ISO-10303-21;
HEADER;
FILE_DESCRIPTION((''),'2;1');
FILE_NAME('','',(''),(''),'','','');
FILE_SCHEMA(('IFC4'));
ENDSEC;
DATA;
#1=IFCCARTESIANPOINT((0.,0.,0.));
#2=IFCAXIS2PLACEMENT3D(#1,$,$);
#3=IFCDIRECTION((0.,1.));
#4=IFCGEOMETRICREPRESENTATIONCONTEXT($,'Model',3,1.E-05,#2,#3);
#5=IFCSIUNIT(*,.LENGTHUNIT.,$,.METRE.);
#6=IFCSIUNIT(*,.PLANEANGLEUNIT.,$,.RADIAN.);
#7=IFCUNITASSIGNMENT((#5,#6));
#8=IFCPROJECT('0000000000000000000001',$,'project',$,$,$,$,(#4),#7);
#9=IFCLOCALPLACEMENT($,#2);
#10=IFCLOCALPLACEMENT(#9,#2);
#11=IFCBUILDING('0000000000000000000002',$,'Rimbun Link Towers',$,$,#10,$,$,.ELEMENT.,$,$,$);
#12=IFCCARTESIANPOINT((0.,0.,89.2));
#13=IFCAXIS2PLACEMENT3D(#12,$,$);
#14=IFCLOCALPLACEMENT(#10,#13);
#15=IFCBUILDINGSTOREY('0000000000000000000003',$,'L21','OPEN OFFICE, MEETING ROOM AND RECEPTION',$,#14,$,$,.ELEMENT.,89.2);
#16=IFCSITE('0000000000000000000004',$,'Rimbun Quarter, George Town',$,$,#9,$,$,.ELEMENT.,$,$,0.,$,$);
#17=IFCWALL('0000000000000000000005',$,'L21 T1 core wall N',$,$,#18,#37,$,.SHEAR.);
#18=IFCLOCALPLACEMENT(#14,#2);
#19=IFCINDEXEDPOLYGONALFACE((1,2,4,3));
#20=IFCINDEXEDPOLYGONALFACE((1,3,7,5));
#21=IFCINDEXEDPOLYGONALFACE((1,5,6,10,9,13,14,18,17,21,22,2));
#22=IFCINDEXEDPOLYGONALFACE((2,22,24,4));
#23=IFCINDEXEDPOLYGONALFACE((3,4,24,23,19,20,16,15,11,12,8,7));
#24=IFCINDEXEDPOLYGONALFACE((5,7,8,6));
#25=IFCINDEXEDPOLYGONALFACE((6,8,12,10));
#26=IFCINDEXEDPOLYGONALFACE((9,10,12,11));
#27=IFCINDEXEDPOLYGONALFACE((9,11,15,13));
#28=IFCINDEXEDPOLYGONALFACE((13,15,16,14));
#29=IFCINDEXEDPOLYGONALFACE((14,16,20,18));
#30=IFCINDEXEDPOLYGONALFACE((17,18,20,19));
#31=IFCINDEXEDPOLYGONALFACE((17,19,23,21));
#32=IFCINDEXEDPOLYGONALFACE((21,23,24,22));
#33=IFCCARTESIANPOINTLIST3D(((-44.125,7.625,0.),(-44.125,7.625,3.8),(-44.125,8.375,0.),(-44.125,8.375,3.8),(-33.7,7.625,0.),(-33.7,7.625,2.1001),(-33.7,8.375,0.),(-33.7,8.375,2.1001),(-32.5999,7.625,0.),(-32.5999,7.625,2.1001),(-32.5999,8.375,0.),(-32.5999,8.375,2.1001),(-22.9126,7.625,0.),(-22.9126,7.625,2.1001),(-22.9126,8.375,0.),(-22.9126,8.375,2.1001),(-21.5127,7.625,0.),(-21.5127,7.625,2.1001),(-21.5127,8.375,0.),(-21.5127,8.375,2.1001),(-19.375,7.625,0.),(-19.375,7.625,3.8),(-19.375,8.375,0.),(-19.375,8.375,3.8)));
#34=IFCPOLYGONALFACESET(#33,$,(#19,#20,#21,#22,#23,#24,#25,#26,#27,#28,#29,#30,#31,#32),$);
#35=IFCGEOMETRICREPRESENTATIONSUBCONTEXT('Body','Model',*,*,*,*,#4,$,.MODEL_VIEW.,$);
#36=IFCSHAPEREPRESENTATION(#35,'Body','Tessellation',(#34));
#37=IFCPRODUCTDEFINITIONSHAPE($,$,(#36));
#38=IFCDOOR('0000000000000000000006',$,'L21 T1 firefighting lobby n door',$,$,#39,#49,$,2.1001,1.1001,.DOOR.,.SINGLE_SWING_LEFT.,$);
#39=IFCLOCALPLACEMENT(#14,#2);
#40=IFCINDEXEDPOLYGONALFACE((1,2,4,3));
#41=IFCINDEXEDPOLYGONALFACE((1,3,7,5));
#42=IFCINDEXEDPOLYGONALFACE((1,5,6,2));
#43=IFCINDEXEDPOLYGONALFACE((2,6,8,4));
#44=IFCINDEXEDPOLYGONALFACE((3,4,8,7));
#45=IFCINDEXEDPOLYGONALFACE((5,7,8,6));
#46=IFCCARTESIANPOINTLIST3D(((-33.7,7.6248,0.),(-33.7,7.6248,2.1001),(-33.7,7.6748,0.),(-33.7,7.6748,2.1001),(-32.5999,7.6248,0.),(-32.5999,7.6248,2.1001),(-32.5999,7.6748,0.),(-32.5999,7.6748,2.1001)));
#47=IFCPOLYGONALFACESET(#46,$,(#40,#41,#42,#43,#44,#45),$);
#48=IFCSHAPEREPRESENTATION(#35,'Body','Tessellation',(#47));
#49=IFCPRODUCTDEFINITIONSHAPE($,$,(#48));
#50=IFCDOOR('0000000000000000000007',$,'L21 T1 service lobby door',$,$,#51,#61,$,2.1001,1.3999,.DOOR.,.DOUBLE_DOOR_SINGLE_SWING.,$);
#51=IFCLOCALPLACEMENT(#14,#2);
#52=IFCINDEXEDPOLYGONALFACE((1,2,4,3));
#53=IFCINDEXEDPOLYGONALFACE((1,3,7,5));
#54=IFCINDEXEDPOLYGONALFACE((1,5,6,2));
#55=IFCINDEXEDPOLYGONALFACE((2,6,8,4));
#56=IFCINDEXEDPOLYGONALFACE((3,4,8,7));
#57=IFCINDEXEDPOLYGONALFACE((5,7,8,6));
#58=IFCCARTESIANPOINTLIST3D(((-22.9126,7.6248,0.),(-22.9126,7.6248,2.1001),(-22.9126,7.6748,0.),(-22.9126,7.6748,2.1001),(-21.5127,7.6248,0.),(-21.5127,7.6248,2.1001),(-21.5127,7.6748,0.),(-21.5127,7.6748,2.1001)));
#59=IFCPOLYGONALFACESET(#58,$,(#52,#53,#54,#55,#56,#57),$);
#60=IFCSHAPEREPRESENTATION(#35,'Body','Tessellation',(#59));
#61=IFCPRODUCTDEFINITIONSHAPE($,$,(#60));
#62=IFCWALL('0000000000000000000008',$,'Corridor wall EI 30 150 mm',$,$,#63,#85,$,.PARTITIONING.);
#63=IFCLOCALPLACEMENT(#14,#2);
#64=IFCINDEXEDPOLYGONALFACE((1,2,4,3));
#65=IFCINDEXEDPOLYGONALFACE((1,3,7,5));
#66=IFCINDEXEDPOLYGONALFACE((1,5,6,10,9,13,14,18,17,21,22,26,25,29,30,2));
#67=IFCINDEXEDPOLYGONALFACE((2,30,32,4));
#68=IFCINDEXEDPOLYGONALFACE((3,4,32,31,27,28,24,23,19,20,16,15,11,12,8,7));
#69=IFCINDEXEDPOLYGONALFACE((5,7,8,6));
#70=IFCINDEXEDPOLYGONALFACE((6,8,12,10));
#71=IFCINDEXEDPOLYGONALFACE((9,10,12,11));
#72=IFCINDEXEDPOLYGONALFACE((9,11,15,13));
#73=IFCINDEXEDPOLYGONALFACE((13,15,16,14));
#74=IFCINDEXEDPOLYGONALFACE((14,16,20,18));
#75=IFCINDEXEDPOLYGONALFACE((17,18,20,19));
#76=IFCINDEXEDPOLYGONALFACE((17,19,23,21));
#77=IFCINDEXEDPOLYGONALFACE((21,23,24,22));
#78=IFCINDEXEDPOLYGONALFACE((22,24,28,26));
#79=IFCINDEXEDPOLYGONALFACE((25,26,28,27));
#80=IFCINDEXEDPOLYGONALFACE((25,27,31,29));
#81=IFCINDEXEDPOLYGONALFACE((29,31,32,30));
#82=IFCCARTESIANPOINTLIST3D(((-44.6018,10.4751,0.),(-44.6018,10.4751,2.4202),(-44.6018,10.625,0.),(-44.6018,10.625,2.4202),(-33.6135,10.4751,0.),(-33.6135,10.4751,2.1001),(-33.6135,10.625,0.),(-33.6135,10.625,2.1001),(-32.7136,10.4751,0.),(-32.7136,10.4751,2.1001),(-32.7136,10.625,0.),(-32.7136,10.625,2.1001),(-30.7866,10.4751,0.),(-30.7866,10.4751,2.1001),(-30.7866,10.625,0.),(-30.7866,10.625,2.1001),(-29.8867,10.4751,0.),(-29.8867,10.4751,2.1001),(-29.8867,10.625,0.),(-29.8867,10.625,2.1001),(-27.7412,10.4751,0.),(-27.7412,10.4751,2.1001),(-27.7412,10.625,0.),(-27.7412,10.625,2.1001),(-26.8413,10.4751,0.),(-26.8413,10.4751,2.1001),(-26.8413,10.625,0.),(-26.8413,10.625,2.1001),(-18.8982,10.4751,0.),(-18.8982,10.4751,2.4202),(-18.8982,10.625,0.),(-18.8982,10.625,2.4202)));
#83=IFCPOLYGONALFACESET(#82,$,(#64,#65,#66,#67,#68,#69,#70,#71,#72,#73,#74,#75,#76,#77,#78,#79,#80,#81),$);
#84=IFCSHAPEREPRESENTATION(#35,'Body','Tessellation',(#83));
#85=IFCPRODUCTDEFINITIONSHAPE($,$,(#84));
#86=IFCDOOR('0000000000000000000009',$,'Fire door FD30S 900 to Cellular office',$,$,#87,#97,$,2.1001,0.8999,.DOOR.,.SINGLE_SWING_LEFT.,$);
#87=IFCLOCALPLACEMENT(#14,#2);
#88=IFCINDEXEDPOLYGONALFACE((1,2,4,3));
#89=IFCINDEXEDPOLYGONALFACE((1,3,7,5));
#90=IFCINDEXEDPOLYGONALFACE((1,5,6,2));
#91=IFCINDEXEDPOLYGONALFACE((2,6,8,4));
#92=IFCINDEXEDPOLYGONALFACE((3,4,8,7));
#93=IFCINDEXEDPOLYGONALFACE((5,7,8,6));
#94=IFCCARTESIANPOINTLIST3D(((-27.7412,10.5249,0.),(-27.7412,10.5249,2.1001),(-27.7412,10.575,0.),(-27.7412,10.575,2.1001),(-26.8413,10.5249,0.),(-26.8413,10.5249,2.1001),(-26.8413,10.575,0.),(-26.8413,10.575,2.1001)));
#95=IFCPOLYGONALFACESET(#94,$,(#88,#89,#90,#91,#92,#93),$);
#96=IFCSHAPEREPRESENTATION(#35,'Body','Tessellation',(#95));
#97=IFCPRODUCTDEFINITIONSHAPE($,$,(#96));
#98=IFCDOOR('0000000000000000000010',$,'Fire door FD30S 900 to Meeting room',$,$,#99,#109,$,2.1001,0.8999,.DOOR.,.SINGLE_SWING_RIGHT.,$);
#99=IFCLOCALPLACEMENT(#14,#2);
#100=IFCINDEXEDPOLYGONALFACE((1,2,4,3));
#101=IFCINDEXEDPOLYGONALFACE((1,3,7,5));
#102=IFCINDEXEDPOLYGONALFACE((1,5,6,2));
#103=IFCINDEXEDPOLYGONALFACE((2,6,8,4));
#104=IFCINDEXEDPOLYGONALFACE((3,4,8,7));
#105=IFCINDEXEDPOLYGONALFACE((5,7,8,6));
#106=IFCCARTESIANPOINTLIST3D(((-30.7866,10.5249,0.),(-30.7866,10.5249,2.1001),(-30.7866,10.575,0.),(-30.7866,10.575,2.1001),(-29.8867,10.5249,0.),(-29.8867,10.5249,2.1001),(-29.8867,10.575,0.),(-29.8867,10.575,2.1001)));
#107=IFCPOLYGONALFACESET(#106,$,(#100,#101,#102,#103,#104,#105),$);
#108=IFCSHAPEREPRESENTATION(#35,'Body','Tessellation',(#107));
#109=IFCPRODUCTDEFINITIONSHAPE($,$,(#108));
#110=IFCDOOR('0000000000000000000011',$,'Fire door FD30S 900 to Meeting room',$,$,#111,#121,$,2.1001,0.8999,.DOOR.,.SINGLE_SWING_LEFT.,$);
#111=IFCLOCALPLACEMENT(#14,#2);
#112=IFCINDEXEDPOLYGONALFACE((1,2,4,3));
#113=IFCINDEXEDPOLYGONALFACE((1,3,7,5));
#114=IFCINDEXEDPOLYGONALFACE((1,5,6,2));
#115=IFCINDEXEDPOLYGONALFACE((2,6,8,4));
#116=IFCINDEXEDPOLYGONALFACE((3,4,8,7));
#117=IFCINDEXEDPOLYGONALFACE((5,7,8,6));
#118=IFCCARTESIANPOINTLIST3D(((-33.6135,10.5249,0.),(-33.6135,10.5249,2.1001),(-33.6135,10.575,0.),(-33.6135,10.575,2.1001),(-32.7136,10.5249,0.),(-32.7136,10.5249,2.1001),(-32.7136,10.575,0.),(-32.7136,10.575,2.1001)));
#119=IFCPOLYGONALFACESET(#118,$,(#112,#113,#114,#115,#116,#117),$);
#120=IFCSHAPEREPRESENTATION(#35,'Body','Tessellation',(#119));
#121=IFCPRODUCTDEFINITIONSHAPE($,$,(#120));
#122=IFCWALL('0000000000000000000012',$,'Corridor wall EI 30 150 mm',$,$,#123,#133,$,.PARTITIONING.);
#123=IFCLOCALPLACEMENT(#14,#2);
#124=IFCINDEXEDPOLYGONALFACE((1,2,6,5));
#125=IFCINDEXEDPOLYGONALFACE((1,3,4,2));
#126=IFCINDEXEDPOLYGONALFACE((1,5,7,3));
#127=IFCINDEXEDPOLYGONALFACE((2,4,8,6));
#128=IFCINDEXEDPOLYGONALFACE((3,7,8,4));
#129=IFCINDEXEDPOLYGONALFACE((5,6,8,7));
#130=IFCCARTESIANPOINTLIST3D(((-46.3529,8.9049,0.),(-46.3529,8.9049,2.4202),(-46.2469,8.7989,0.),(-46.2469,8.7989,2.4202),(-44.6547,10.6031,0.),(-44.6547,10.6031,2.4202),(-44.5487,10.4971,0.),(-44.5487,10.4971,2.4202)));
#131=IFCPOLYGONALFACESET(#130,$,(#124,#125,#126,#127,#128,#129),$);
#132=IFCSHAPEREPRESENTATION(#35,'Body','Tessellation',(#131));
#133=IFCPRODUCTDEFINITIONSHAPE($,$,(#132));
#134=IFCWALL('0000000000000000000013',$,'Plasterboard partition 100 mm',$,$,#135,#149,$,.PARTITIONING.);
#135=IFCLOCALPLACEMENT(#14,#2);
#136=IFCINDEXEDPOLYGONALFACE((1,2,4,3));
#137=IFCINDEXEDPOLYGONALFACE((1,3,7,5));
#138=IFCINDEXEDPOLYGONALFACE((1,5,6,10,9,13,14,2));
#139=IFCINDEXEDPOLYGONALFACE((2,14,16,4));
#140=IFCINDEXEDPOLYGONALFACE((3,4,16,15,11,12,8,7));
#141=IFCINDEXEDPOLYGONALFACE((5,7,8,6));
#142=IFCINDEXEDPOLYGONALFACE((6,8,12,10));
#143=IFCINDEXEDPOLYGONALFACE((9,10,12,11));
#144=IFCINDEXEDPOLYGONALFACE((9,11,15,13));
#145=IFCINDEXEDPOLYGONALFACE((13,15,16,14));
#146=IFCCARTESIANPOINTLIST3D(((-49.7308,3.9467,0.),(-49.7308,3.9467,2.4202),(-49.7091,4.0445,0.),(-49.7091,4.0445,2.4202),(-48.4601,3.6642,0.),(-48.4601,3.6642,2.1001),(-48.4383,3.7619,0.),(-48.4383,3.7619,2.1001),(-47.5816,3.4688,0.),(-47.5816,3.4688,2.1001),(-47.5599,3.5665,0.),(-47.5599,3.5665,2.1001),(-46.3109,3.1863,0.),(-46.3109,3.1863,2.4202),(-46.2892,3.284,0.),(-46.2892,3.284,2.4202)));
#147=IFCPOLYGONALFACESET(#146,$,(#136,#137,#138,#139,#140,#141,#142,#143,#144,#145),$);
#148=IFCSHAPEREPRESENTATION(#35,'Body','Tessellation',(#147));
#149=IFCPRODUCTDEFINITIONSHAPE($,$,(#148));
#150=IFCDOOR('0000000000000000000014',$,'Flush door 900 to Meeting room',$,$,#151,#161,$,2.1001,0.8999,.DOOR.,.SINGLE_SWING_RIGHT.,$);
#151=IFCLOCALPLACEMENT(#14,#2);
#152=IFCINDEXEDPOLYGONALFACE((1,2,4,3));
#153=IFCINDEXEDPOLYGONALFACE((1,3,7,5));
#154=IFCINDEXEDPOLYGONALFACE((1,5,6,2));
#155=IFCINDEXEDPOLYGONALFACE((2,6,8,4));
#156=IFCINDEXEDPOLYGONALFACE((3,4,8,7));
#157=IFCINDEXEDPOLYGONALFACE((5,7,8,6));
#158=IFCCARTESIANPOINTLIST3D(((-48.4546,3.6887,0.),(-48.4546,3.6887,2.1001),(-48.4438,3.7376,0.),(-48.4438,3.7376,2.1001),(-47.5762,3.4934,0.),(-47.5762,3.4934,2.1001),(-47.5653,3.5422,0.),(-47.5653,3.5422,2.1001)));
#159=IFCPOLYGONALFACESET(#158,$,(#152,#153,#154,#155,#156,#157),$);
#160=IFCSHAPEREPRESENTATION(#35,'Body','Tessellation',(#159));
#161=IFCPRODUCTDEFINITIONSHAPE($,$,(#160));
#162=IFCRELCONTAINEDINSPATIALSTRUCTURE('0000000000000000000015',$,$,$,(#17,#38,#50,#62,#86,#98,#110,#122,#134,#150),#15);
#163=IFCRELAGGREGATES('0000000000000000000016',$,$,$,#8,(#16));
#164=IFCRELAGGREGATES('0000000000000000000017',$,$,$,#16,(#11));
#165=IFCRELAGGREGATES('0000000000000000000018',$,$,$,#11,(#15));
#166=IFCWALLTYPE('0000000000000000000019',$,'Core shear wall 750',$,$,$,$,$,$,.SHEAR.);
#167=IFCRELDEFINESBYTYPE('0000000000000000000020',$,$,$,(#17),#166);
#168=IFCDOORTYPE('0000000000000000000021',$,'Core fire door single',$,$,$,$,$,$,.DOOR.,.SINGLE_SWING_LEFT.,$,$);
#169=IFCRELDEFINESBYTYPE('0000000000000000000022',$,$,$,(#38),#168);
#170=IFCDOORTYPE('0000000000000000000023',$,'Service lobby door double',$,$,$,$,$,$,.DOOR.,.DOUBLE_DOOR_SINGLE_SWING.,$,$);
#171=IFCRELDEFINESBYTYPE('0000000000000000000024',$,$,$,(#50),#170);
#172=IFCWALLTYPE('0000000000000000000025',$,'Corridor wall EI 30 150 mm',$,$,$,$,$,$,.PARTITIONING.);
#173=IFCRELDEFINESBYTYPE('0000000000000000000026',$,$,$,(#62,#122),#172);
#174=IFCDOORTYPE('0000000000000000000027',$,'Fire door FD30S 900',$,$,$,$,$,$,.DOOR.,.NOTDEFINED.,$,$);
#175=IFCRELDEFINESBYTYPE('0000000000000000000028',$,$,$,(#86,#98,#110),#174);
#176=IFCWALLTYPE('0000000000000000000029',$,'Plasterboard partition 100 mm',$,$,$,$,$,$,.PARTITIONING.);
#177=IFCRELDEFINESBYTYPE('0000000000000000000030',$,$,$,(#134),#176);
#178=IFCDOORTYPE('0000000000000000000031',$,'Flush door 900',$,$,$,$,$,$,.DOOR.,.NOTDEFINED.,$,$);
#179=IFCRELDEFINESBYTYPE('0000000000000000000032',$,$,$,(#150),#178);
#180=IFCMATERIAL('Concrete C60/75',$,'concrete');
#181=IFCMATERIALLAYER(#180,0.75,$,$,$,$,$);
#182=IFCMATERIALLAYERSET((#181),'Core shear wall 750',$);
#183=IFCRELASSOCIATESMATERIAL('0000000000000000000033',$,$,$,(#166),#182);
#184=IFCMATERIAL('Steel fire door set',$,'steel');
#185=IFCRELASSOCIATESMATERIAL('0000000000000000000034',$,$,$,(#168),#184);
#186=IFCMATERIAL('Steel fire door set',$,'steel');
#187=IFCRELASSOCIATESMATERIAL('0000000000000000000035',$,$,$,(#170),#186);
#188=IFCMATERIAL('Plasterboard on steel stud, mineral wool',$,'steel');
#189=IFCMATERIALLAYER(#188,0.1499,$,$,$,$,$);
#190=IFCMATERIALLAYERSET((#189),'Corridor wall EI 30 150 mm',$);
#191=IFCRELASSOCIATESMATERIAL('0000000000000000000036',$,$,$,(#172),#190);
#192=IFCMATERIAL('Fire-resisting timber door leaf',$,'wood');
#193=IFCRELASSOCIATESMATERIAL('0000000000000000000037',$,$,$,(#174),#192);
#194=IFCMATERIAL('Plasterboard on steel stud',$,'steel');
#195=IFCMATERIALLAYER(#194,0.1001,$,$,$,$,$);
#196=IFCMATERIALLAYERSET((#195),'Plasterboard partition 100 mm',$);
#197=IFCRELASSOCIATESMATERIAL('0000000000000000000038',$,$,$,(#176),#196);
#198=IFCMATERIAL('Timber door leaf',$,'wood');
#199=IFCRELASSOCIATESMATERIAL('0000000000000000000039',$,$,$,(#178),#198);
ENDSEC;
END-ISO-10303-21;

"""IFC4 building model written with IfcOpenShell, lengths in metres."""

from ifc_helpers import new_model, si_unit, direction, frame, frame_2d, origin, place, context, subcontext, project, spatial, rectangle, extrude, material, layer, layer_set, type_object, element, fill, save


model = new_model("IFC4")

# Units and contexts
model_context = context("Model", 3, precision=1e-05, world=origin(), true_north=direction((0.0, 1.0)))
body_context = subcontext(model_context, "Body", "Model", "MODEL_VIEW")
ifc_project = project(units=[si_unit("LENGTHUNIT", "METRE"), si_unit("PLANEANGLEUNIT", "RADIAN")], contexts=[model_context])

# Site, building, storey
site_placement = place(None, origin())
site = spatial("IfcSite", under=ifc_project, at=site_placement, Name="Rimbun Quarter, George Town", CompositionType="ELEMENT", RefElevation=0.0)
building_placement = place(site_placement, origin())
building = spatial("IfcBuilding", under=site, at=building_placement, Name="Rimbun Link Towers", CompositionType="ELEMENT")
storey_placement = place(building_placement, frame((0.0, 0.0, 89.2)))
storey = spatial("IfcBuildingStorey", under=building, at=storey_placement, Name="L21", Description="OPEN OFFICE, MEETING ROOM AND RECEPTION", CompositionType="ELEMENT", Elevation=89.2)

# Walls, openings, doors
ifc_material_1 = material(Name="Concrete C60/75", Category="concrete")
ifc_layer_1 = layer(ifc_material_1, 0.75)
ifc_layer_set_1 = layer_set([ifc_layer_1], Name="Core shear wall 750")
wall_type_1 = type_object("IfcWallType", Name="Core shear wall 750", PredefinedType="SHEAR", material=ifc_layer_set_1)
wall_1_placement = place(storey_placement, frame((-44.125, 8.0, 0.0), z_axis=(0.0, 0.0, 1.0), x_axis=(1.0, 0.0, 0.0)))
wall_1 = element("IfcWall", 1, at=wall_1_placement, inside=storey, type_object=wall_type_1, Name="L21 T1 core wall N", PredefinedType="SHEAR", context=body_context, shape_type="SweptSolid", body=[
    extrude(rectangle(XDim=24.75, YDim=0.75, at=frame_2d((12.375, 0.0))), origin(), (0.0, 0.0, 1.0), 3.8),
])
opening_1_placement = place(wall_1_placement, frame((10.425, 0.0, 0.0)))
opening_1 = element("IfcOpeningElement", 2, at=opening_1_placement, cuts=wall_1, PredefinedType="OPENING", context=body_context, shape_type="SweptSolid", body=[
    extrude(rectangle(XDim=1.1001, YDim=2.1001, at=frame_2d((0.55, 1.05))), frame((0.0, 0.385, 0.0), z_axis=(0.0, -1.0, 0.0), x_axis=(1.0, 0.0, 0.0)), (0.0, 0.0, 1.0), 0.77),
])
opening_2_placement = place(wall_1_placement, frame((21.2124, 0.0, 0.0)))
opening_2 = element("IfcOpeningElement", 3, at=opening_2_placement, cuts=wall_1, PredefinedType="OPENING", context=body_context, shape_type="SweptSolid", body=[
    extrude(rectangle(XDim=1.3999, YDim=2.1001, at=frame_2d((0.7, 1.05))), frame((0.0, 0.385, 0.0), z_axis=(0.0, -1.0, 0.0), x_axis=(1.0, 0.0, 0.0)), (0.0, 0.0, 1.0), 0.77),
])
ifc_material_2 = material(Name="Steel fire door set", Category="steel")
door_type_1 = type_object("IfcDoorType", Name="Core fire door single", OperationType="SINGLE_SWING_LEFT", PredefinedType="DOOR", material=ifc_material_2)
door_1_placement = place(opening_1_placement, origin())
door_1 = element("IfcDoor", 4, at=door_1_placement, inside=storey, type_object=door_type_1, Name="L21 T1 firefighting lobby n door", OperationType="SINGLE_SWING_LEFT", OverallHeight=2.1001, OverallWidth=1.1001, PredefinedType="DOOR", context=body_context, shape_type="SweptSolid", body=[
    extrude(rectangle(XDim=1.1001, YDim=2.1001, at=frame_2d((0.55, 1.05))), frame((0.0, -0.3252, 0.0), z_axis=(0.0, -1.0, 0.0), x_axis=(1.0, 0.0, 0.0)), (0.0, 0.0, 1.0), 0.05),
])
fill(opening_1, door_1)
ifc_material_3 = material(Name="Steel fire door set", Category="steel")
door_type_2 = type_object("IfcDoorType", Name="Service lobby door double", OperationType="DOUBLE_DOOR_SINGLE_SWING", PredefinedType="DOOR", material=ifc_material_3)
door_2_placement = place(opening_2_placement, origin())
door_2 = element("IfcDoor", 5, at=door_2_placement, inside=storey, type_object=door_type_2, Name="L21 T1 service lobby door", OperationType="DOUBLE_DOOR_SINGLE_SWING", OverallHeight=2.1001, OverallWidth=1.3999, PredefinedType="DOOR", context=body_context, shape_type="SweptSolid", body=[
    extrude(rectangle(XDim=1.3999, YDim=2.1001, at=frame_2d((0.7, 1.05))), frame((0.0, -0.3252, 0.0), z_axis=(0.0, -1.0, 0.0), x_axis=(1.0, 0.0, 0.0)), (0.0, 0.0, 1.0), 0.05),
])
fill(opening_2, door_2)
ifc_material_4 = material(Name="Plasterboard on steel stud, mineral wool", Category="steel")
ifc_layer_2 = layer(ifc_material_4, 0.1499)
ifc_layer_set_2 = layer_set([ifc_layer_2], Name="Corridor wall EI 30 150 mm")
wall_type_2 = type_object("IfcWallType", Name="Corridor wall EI 30 150 mm", PredefinedType="PARTITIONING", material=ifc_layer_set_2)
wall_2_placement = place(storey_placement, frame((-44.6018, 10.55, 0.0), z_axis=(0.0, 0.0, 1.0), x_axis=(1.0, 0.0, 0.0)))
wall_2 = element("IfcWall", 6, at=wall_2_placement, inside=storey, type_object=wall_type_2, Name="Corridor wall EI 30 150 mm", PredefinedType="PARTITIONING", context=body_context, shape_type="SweptSolid", body=[
    extrude(rectangle(XDim=25.7036, YDim=0.1499, at=frame_2d((12.8518, 0.0))), origin(), (0.0, 0.0, 1.0), 2.4202),
])
opening_3_placement = place(wall_2_placement, frame((16.8606, 0.0, 0.0)))
opening_3 = element("IfcOpeningElement", 7, at=opening_3_placement, cuts=wall_2, PredefinedType="OPENING", context=body_context, shape_type="SweptSolid", body=[
    extrude(rectangle(XDim=0.8999, YDim=2.1001, at=frame_2d((0.45, 1.05))), frame((0.0, 0.085, 0.0), z_axis=(0.0, -1.0, 0.0), x_axis=(1.0, 0.0, 0.0)), (0.0, 0.0, 1.0), 0.1699),
])
opening_4_placement = place(wall_2_placement, frame((13.8152, 0.0, 0.0)))
opening_4 = element("IfcOpeningElement", 8, at=opening_4_placement, cuts=wall_2, PredefinedType="OPENING", context=body_context, shape_type="SweptSolid", body=[
    extrude(rectangle(XDim=0.8999, YDim=2.1001, at=frame_2d((0.45, 1.05))), frame((0.0, 0.085, 0.0), z_axis=(0.0, -1.0, 0.0), x_axis=(1.0, 0.0, 0.0)), (0.0, 0.0, 1.0), 0.1699),
])
opening_5_placement = place(wall_2_placement, frame((10.9883, 0.0, 0.0)))
opening_5 = element("IfcOpeningElement", 9, at=opening_5_placement, cuts=wall_2, PredefinedType="OPENING", context=body_context, shape_type="SweptSolid", body=[
    extrude(rectangle(XDim=0.8999, YDim=2.1001, at=frame_2d((0.45, 1.05))), frame((0.0, 0.085, 0.0), z_axis=(0.0, -1.0, 0.0), x_axis=(1.0, 0.0, 0.0)), (0.0, 0.0, 1.0), 0.1699),
])
ifc_material_5 = material(Name="Fire-resisting timber door leaf", Category="wood")
door_type_3 = type_object("IfcDoorType", Name="Fire door FD30S 900", OperationType="NOTDEFINED", PredefinedType="DOOR", material=ifc_material_5)
door_3_placement = place(opening_3_placement, origin())
door_3 = element("IfcDoor", 10, at=door_3_placement, inside=storey, type_object=door_type_3, Name="Fire door FD30S 900 to Cellular office", OperationType="SINGLE_SWING_LEFT", OverallHeight=2.1001, OverallWidth=0.8999, PredefinedType="DOOR", context=body_context, shape_type="SweptSolid", body=[
    extrude(rectangle(XDim=0.8999, YDim=2.1001, at=frame_2d((0.45, 1.05))), frame((0.0, 0.0249, 0.0), z_axis=(0.0, -1.0, 0.0), x_axis=(1.0, 0.0, 0.0)), (0.0, 0.0, 1.0), 0.05),
])
fill(opening_3, door_3)
door_4_placement = place(opening_4_placement, origin())
door_4 = element("IfcDoor", 11, at=door_4_placement, inside=storey, type_object=door_type_3, Name="Fire door FD30S 900 to Meeting room", OperationType="SINGLE_SWING_RIGHT", OverallHeight=2.1001, OverallWidth=0.8999, PredefinedType="DOOR", context=body_context, shape_type="SweptSolid", body=[
    extrude(rectangle(XDim=0.8999, YDim=2.1001, at=frame_2d((0.45, 1.05))), frame((0.0, 0.0249, 0.0), z_axis=(0.0, -1.0, 0.0), x_axis=(1.0, 0.0, 0.0)), (0.0, 0.0, 1.0), 0.05),
])
fill(opening_4, door_4)
door_5_placement = place(opening_5_placement, origin())
door_5 = element("IfcDoor", 12, at=door_5_placement, inside=storey, type_object=door_type_3, Name="Fire door FD30S 900 to Meeting room", OperationType="SINGLE_SWING_LEFT", OverallHeight=2.1001, OverallWidth=0.8999, PredefinedType="DOOR", context=body_context, shape_type="SweptSolid", body=[
    extrude(rectangle(XDim=0.8999, YDim=2.1001, at=frame_2d((0.45, 1.05))), frame((0.0, 0.0249, 0.0), z_axis=(0.0, -1.0, 0.0), x_axis=(1.0, 0.0, 0.0)), (0.0, 0.0, 1.0), 0.05),
])
fill(opening_5, door_5)

# Wall
wall_3_placement = place(storey_placement, frame((-44.6018, 10.55, 0.0), z_axis=(0.0, 0.0, 1.0), x_axis=(-0.707107, -0.707107, 0.0)))
element("IfcWall", 13, at=wall_3_placement, inside=storey, type_object=wall_type_2, Name="Corridor wall EI 30 150 mm", PredefinedType="PARTITIONING", context=body_context, shape_type="SweptSolid", body=[
    extrude(rectangle(XDim=2.4016, YDim=0.1499, at=frame_2d((1.2007, 0.0))), origin(), (0.0, 0.0, 1.0), 2.4202),
])

# Wall, opening, door
ifc_material_6 = material(Name="Plasterboard on steel stud", Category="steel")
ifc_layer_3 = layer(ifc_material_6, 0.1001)
ifc_layer_set_3 = layer_set([ifc_layer_3], Name="Plasterboard partition 100 mm")
wall_type_3 = type_object("IfcWallType", Name="Plasterboard partition 100 mm", PredefinedType="PARTITIONING", material=ifc_layer_set_3)
wall_4_placement = place(storey_placement, frame((-46.3, 3.2351, 0.0), z_axis=(0.0, 0.0, 1.0), x_axis=(-0.976156, 0.217071, 0.0)))
wall_4 = element("IfcWall", 14, at=wall_4_placement, inside=storey, type_object=wall_type_3, Name="Plasterboard partition 100 mm", PredefinedType="PARTITIONING", context=body_context, shape_type="SweptSolid", body=[
    extrude(rectangle(XDim=3.5034, YDim=0.1001, at=frame_2d((1.7517, 0.0))), origin(), (0.0, 0.0, 1.0), 2.4202),
])
opening_6_placement = place(wall_4_placement, frame((1.3018, 0.0, 0.0)))
opening_6 = element("IfcOpeningElement", 15, at=opening_6_placement, cuts=wall_4, PredefinedType="OPENING", context=body_context, shape_type="SweptSolid", body=[
    extrude(rectangle(XDim=0.8999, YDim=2.1001, at=frame_2d((0.45, 1.05))), frame((0.0, 0.0601, 0.0), z_axis=(0.0, -1.0, 0.0), x_axis=(1.0, 0.0, 0.0)), (0.0, 0.0, 1.0), 0.1201),
])
ifc_material_7 = material(Name="Timber door leaf", Category="wood")
door_type_4 = type_object("IfcDoorType", Name="Flush door 900", OperationType="NOTDEFINED", PredefinedType="DOOR", material=ifc_material_7)
door_6_placement = place(opening_6_placement, origin())
door_6 = element("IfcDoor", 16, at=door_6_placement, inside=storey, type_object=door_type_4, Name="Flush door 900 to Meeting room", OperationType="SINGLE_SWING_RIGHT", OverallHeight=2.1001, OverallWidth=0.8999, PredefinedType="DOOR", context=body_context, shape_type="SweptSolid", body=[
    extrude(rectangle(XDim=0.8999, YDim=2.1001, at=frame_2d((0.45, 1.05))), frame((0.0, 0.0249, 0.0), z_axis=(0.0, -1.0, 0.0), x_axis=(1.0, 0.0, 0.0)), (0.0, 0.0, 1.0), 0.05),
])
fill(opening_6, door_6)

save(model, "model.ifc")
